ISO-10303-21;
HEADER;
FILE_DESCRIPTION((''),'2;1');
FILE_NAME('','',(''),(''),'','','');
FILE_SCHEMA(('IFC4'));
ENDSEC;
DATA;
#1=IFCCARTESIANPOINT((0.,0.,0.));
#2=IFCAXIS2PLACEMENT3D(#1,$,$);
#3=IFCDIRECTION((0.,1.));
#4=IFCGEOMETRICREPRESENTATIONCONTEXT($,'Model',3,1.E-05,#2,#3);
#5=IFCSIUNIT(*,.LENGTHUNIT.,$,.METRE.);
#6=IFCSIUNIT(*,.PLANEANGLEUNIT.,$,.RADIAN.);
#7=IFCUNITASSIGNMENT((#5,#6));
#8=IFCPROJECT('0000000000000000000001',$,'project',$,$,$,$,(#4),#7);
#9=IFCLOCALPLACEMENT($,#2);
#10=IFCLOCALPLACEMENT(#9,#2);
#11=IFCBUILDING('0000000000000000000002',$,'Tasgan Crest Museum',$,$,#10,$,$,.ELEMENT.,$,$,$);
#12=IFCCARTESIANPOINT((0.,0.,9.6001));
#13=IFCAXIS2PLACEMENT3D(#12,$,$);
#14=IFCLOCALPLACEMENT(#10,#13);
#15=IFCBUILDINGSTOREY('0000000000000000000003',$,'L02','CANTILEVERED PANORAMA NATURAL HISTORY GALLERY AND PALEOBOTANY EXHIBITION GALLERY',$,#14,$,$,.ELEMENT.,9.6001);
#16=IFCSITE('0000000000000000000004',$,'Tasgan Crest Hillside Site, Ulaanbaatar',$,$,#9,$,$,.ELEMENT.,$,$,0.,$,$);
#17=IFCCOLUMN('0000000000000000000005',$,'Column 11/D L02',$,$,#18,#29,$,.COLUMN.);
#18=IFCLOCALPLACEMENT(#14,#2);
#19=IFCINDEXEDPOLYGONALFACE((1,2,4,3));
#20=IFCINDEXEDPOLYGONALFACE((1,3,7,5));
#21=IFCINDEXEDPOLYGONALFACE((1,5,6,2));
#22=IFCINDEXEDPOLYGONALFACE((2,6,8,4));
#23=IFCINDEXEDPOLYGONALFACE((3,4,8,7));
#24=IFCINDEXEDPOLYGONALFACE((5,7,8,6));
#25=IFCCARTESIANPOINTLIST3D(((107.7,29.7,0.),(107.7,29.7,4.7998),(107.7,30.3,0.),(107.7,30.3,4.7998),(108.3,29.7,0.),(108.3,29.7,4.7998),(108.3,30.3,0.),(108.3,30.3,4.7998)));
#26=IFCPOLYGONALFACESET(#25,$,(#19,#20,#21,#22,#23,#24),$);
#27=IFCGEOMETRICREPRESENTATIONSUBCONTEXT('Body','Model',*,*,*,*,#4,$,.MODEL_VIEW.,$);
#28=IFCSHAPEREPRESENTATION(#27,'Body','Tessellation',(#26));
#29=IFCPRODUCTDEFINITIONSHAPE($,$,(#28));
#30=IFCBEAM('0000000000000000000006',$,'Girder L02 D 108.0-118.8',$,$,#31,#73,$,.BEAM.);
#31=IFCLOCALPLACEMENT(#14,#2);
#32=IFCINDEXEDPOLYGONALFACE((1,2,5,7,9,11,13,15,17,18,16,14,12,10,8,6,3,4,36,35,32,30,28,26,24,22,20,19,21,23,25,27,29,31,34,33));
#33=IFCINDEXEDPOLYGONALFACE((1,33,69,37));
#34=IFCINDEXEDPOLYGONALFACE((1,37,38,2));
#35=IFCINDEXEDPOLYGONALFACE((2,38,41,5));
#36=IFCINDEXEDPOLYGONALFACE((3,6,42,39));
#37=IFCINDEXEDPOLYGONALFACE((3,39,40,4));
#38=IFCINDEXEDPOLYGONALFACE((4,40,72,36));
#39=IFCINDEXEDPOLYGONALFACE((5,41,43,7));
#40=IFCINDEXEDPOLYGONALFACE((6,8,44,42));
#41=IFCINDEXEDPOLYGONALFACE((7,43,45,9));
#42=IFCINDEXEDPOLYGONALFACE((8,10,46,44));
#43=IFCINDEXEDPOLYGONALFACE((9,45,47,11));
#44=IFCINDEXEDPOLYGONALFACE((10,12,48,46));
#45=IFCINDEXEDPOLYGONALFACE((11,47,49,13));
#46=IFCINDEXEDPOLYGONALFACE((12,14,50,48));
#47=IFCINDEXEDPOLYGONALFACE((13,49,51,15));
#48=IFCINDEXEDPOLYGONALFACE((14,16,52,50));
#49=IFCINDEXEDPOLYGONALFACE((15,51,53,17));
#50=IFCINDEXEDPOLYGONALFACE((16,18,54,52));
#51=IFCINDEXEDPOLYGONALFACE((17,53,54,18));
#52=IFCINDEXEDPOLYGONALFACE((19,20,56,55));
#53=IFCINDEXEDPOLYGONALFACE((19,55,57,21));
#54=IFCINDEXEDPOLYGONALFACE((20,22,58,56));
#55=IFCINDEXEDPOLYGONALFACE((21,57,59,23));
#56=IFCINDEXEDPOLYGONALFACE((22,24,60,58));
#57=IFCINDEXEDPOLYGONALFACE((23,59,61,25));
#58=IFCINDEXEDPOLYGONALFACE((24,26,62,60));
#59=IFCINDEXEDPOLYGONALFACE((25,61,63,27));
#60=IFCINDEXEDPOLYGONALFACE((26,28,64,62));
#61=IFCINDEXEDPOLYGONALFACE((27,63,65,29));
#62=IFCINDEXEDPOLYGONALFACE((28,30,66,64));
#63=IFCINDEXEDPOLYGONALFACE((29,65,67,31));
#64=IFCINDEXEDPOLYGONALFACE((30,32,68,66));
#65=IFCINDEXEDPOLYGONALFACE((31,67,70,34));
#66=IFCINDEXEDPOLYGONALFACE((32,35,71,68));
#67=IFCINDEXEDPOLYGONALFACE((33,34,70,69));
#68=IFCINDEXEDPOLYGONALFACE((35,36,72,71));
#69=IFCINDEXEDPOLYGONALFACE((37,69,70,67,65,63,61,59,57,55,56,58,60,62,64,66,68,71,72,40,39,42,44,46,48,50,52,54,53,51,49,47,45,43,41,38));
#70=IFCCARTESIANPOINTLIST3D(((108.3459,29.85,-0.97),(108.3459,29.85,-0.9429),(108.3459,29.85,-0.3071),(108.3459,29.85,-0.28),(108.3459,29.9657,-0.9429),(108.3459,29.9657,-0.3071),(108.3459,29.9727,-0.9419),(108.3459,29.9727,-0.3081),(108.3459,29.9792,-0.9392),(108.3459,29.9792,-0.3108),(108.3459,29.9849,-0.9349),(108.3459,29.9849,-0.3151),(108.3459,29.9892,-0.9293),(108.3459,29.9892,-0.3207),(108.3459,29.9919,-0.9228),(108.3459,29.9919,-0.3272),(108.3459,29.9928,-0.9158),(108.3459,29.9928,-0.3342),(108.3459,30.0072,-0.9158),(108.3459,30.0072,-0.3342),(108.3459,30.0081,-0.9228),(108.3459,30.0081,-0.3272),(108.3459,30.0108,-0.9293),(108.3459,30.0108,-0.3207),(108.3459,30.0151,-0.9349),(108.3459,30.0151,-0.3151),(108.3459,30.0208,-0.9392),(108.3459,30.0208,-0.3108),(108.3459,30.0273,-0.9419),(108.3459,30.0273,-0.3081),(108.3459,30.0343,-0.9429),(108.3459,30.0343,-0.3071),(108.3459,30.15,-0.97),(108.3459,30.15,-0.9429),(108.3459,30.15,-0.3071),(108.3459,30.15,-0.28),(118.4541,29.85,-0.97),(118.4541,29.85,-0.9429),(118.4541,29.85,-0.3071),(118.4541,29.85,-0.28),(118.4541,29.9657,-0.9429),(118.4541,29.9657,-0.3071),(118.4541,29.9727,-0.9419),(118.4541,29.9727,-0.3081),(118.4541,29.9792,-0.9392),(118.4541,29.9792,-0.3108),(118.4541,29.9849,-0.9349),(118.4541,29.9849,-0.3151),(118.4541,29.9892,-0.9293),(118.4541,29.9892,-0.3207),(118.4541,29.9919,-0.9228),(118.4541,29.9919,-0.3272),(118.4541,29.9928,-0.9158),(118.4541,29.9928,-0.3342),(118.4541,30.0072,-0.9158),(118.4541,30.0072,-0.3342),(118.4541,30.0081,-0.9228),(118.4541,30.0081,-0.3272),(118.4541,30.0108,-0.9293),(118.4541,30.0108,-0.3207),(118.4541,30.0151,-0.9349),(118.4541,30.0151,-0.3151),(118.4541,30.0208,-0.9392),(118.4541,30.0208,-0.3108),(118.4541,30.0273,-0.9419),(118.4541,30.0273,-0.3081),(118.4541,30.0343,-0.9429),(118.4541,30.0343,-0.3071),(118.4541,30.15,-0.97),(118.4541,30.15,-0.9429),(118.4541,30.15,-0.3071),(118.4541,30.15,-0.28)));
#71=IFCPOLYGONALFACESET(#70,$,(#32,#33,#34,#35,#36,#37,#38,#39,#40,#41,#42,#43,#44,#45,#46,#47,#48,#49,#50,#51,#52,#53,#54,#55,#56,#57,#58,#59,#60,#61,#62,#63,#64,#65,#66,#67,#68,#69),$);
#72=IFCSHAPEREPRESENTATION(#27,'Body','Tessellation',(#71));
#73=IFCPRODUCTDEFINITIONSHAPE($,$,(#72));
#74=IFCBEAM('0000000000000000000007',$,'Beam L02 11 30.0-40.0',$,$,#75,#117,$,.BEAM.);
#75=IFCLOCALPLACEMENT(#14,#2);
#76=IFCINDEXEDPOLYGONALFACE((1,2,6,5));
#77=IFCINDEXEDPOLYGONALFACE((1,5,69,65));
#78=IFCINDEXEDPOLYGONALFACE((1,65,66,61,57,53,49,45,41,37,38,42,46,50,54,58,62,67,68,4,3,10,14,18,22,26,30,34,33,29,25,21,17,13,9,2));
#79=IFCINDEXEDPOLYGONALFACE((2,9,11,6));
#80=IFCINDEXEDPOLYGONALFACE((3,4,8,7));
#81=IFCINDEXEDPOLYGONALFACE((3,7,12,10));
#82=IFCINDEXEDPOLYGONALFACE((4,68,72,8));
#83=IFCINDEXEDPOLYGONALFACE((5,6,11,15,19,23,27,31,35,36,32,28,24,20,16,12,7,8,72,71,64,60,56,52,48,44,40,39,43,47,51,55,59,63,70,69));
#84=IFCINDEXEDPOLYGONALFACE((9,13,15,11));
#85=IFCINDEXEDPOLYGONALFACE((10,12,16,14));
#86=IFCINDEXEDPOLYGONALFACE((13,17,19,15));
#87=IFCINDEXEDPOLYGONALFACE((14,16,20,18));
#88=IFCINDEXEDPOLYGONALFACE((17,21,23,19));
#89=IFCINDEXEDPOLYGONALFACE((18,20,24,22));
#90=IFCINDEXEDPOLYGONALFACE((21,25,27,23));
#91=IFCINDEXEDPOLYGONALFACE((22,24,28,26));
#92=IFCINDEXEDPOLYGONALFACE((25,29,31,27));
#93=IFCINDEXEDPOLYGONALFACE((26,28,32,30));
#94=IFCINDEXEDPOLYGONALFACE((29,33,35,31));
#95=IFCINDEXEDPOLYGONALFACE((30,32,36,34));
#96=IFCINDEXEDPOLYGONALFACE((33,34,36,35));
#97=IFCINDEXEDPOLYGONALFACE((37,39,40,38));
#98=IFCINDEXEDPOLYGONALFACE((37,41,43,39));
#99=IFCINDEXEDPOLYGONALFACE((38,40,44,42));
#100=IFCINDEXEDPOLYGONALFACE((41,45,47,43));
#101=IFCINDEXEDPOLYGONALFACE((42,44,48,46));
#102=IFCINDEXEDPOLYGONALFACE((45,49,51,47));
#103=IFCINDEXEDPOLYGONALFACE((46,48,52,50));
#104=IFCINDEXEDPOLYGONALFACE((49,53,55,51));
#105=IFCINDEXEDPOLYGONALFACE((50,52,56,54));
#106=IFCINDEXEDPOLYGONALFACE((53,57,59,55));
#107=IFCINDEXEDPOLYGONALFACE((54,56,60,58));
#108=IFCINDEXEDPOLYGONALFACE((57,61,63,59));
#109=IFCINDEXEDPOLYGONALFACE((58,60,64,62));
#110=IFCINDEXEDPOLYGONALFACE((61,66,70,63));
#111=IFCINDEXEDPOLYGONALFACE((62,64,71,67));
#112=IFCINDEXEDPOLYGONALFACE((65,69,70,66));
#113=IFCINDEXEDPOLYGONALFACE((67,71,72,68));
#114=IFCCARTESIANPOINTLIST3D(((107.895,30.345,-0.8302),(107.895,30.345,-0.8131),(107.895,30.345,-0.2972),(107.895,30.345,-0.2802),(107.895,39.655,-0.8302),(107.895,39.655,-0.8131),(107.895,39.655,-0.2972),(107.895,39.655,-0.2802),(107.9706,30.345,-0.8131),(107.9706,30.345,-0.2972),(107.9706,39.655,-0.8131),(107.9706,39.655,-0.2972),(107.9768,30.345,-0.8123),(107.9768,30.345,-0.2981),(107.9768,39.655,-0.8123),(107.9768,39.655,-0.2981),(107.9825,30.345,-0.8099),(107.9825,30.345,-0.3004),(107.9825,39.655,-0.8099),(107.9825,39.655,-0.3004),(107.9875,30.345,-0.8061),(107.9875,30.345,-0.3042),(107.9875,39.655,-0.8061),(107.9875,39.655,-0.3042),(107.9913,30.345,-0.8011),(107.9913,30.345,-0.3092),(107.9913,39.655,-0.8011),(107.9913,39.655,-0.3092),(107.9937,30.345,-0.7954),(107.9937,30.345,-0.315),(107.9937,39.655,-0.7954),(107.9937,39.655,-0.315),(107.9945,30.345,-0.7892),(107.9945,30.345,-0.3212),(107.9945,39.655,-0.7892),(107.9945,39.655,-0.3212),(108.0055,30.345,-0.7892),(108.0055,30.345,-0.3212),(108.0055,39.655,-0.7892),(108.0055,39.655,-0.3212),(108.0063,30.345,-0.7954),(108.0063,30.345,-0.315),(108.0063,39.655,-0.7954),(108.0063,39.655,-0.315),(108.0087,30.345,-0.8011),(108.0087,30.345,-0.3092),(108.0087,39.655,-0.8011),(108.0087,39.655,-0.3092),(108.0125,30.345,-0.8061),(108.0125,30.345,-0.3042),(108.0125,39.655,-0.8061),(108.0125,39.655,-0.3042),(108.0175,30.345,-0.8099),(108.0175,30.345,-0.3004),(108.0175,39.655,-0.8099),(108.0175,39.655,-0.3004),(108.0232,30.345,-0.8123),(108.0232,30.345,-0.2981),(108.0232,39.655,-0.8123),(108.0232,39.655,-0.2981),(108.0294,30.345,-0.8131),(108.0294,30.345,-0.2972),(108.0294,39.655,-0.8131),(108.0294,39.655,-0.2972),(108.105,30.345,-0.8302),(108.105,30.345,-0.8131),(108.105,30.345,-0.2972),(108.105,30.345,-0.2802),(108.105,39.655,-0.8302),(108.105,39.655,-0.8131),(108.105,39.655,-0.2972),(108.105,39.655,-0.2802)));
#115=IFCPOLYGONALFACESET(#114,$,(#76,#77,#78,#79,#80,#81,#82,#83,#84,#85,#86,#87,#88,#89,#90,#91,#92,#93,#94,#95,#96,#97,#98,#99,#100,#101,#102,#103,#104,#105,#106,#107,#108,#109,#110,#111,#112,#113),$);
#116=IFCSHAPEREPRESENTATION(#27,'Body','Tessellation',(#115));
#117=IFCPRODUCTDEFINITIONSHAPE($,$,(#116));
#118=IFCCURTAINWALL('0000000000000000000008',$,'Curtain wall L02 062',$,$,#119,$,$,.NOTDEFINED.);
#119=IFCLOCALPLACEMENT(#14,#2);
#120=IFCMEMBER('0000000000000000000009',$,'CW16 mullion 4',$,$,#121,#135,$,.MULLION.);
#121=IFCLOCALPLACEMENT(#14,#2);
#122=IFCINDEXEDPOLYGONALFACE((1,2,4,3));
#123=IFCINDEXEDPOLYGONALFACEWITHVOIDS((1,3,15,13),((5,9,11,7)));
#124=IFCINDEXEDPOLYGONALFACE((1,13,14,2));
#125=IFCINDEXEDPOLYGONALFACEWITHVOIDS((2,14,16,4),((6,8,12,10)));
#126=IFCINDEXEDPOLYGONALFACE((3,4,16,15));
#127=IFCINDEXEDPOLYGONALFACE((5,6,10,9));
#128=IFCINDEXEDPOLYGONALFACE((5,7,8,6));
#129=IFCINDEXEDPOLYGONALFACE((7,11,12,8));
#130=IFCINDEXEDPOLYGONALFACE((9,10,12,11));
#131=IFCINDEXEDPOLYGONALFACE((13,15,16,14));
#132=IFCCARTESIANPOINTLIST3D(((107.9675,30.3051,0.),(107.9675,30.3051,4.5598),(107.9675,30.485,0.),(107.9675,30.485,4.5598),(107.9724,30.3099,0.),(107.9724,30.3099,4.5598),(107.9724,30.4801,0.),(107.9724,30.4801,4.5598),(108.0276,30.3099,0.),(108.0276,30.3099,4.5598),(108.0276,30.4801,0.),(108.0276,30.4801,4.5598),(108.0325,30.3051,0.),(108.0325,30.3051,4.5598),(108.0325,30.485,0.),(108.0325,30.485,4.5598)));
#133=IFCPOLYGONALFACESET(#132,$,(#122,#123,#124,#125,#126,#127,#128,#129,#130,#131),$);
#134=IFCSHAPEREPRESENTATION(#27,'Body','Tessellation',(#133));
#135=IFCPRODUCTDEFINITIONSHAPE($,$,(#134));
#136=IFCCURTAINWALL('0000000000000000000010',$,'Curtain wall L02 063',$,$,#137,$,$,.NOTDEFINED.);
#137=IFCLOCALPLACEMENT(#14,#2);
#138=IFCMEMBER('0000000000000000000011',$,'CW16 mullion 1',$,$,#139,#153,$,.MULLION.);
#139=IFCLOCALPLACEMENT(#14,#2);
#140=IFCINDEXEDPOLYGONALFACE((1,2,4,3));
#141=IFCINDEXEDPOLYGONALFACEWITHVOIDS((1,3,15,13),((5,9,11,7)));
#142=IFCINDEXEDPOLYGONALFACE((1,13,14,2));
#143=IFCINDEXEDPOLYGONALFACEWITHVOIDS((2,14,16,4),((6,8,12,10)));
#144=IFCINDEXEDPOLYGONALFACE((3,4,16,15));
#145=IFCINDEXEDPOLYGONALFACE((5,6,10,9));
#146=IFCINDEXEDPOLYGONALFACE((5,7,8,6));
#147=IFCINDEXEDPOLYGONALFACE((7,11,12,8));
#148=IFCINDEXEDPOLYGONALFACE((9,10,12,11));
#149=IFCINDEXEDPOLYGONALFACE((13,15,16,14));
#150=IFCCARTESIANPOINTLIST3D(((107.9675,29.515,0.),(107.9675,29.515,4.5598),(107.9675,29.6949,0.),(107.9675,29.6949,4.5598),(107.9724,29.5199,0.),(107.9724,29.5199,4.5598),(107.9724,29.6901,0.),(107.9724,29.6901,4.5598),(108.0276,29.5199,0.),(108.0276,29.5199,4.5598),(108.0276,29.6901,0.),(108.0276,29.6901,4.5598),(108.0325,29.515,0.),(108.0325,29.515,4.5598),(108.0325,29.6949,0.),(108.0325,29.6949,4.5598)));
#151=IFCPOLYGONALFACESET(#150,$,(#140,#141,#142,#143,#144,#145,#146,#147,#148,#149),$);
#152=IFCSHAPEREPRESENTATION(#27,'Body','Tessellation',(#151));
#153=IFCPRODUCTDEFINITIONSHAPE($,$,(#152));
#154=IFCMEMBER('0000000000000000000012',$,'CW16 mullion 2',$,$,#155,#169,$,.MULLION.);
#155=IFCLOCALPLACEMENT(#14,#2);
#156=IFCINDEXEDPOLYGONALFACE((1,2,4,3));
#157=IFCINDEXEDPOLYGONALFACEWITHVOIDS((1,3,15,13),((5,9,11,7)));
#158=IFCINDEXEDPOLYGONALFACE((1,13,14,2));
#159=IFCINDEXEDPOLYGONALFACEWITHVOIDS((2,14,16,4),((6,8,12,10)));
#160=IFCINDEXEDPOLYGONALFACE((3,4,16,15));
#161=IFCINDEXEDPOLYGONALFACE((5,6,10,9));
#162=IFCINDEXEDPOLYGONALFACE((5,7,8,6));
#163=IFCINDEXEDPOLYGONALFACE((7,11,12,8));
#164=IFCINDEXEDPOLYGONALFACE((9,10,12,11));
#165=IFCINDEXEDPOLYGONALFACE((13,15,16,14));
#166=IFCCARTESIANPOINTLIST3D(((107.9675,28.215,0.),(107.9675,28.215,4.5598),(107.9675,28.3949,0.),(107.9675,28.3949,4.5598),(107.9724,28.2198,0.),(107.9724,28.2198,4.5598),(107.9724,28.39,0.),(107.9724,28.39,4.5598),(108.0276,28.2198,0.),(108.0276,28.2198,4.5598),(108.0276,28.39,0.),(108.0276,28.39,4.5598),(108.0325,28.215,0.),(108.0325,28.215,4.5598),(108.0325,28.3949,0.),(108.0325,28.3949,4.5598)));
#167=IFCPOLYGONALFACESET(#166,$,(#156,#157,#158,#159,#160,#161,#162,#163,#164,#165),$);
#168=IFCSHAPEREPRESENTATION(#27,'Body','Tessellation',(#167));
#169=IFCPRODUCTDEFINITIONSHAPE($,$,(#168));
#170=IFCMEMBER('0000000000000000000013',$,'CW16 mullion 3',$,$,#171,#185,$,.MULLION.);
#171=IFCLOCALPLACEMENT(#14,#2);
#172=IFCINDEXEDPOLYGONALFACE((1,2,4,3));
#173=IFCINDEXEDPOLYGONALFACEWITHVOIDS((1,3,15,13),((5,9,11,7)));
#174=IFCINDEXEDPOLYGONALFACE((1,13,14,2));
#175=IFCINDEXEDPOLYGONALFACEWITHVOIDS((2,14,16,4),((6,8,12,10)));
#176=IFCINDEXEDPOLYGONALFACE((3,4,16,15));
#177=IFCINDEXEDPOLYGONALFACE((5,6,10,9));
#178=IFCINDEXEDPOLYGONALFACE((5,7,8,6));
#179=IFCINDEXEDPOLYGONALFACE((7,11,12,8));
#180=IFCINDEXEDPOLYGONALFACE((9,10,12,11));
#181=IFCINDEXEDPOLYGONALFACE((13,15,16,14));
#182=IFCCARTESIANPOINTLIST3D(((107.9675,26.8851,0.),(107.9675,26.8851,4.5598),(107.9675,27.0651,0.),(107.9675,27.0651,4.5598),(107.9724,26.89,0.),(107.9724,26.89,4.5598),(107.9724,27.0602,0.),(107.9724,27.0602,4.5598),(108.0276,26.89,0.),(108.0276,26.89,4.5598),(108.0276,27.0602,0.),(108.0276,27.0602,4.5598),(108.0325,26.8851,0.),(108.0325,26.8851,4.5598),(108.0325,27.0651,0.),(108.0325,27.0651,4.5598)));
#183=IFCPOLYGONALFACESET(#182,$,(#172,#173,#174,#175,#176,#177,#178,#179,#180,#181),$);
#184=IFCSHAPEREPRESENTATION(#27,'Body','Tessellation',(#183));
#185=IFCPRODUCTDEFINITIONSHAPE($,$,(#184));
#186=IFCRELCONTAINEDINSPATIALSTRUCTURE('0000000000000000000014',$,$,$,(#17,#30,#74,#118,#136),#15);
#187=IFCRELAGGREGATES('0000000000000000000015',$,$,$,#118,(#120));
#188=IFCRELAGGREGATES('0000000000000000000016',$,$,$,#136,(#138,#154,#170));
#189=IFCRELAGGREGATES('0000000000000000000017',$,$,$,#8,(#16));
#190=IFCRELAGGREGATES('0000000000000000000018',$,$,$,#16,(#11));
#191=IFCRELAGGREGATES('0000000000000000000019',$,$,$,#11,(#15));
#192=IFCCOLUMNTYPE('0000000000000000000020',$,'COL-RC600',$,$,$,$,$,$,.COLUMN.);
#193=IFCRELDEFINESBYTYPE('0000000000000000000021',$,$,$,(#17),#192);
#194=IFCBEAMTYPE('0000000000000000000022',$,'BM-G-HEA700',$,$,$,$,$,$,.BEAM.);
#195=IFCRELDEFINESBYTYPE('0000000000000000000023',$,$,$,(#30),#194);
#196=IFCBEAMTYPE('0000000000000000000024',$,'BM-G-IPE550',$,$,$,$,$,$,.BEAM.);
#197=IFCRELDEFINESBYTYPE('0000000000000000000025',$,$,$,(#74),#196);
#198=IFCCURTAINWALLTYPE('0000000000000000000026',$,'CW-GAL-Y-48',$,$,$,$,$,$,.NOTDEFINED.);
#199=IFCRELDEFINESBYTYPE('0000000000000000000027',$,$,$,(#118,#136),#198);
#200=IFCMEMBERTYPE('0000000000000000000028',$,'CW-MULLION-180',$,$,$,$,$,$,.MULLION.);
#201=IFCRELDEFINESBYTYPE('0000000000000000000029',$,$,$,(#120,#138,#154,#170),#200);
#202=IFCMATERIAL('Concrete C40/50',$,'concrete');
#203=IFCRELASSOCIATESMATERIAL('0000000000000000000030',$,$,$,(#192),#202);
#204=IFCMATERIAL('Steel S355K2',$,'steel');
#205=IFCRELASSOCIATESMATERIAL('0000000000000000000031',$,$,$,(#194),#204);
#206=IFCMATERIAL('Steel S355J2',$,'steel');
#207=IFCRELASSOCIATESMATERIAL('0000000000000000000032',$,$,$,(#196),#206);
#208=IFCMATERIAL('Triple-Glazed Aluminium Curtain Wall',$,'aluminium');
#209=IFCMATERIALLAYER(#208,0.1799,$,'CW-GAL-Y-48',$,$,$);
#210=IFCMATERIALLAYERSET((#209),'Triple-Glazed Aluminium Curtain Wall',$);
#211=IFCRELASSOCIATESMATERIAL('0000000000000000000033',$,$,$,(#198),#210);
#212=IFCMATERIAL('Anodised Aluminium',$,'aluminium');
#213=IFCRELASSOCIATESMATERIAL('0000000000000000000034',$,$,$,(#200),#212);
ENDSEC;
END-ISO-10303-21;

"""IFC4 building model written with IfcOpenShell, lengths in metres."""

from ifc_helpers import new_model, si_unit, direction, frame, origin, origin_2d, place, context, subcontext, project, spatial, rectangle, hollow_rectangle, i_section, extrude, material, layer, layer_set, material_profile, profile_set, type_object, element, aggregate, save


model = new_model("IFC4")

# Units and contexts
model_context = context("Model", 3, precision=1e-05, world=origin(), true_north=direction((0.0, 1.0)))
body_context = subcontext(model_context, "Body", "Model", "MODEL_VIEW")
ifc_project = project(units=[si_unit("LENGTHUNIT", "METRE"), si_unit("PLANEANGLEUNIT", "RADIAN")], contexts=[model_context])

# Site, building, storey
site_placement = place(None, origin())
site = spatial("IfcSite", under=ifc_project, at=site_placement, Name="Tasgan Crest Hillside Site, Ulaanbaatar", CompositionType="ELEMENT", RefElevation=0.0)
building_placement = place(site_placement, origin())
building = spatial("IfcBuilding", under=site, at=building_placement, Name="Tasgan Crest Museum", CompositionType="ELEMENT")
storey_placement = place(building_placement, frame((0.0, 0.0, 9.6001)))
storey = spatial("IfcBuildingStorey", under=building, at=storey_placement, Name="L02", Description="CANTILEVERED PANORAMA NATURAL HISTORY GALLERY AND PALEOBOTANY EXHIBITION GALLERY", CompositionType="ELEMENT", Elevation=9.6001)

# Column
ifc_material_1 = material(Name="Concrete C40/50", Category="concrete")
ifc_material_profile_1 = material_profile(ifc_material_1, rectangle(XDim=0.6001, YDim=0.6001, at=origin_2d()), Name="RC 600x600")
ifc_profile_set_1 = profile_set([ifc_material_profile_1], Name="Concrete C40/50")
column_type = type_object("IfcColumnType", Name="COL-RC600", PredefinedType="COLUMN", material=ifc_profile_set_1)
column_placement = place(storey_placement, frame((108.0, 30.0, 0.0), z_axis=(0.0, 0.0, 1.0), x_axis=(1.0, 0.0, 0.0)))
element("IfcColumn", 1, at=column_placement, inside=storey, type_object=column_type, Name="Column 11/D L02", PredefinedType="COLUMN", context=body_context, shape_type="SweptSolid", body=[
    extrude(rectangle(XDim=0.6001, YDim=0.6001, at=origin_2d()), origin(), (0.0, 0.0, 1.0), 4.7998),
])

# Beams
ifc_material_2 = material(Name="Steel S355K2", Category="steel")
ifc_material_profile_2 = material_profile(ifc_material_2, i_section(OverallWidth=0.3, OverallDepth=0.6899, WebThickness=0.0144, FlangeThickness=0.0271, FilletRadius=0.0271, at=origin_2d()), Name="HEA 700")
ifc_profile_set_2 = profile_set([ifc_material_profile_2], Name="Steel S355K2")
beam_type_1 = type_object("IfcBeamType", Name="BM-G-HEA700", PredefinedType="BEAM", material=ifc_profile_set_2)
beam_1_placement = place(storey_placement, frame((108.3459, 30.0, -0.625), z_axis=(1.0, 0.0, 0.0), x_axis=(0.0, 1.0, 0.0)))
element("IfcBeam", 2, at=beam_1_placement, inside=storey, type_object=beam_type_1, Name="Girder L02 D 108.0-118.8", PredefinedType="BEAM", context=body_context, shape_type="SweptSolid", body=[
    extrude(i_section(OverallWidth=0.3, OverallDepth=0.6899, WebThickness=0.0144, FlangeThickness=0.0271, FilletRadius=0.0271, at=origin_2d()), origin(), (0.0, 0.0, 1.0), 10.1082),
])
ifc_material_3 = material(Name="Steel S355J2", Category="steel")
ifc_material_profile_3 = material_profile(ifc_material_3, i_section(OverallWidth=0.21, OverallDepth=0.55, WebThickness=0.011, FlangeThickness=0.0171, FilletRadius=0.0239, at=origin_2d()), Name="IPE 550")
ifc_profile_set_3 = profile_set([ifc_material_profile_3], Name="Steel S355J2")
beam_type_2 = type_object("IfcBeamType", Name="BM-G-IPE550", PredefinedType="BEAM", material=ifc_profile_set_3)
beam_2_placement = place(storey_placement, frame((108.0, 30.345, -0.5552), z_axis=(0.0, 1.0, 0.0), x_axis=(-1.0, 0.0, 0.0)))
element("IfcBeam", 3, at=beam_2_placement, inside=storey, type_object=beam_type_2, Name="Beam L02 11 30.0-40.0", PredefinedType="BEAM", context=body_context, shape_type="SweptSolid", body=[
    extrude(i_section(OverallWidth=0.21, OverallDepth=0.55, WebThickness=0.011, FlangeThickness=0.0171, FilletRadius=0.0239, at=origin_2d()), origin(), (0.0, 0.0, 1.0), 9.3101),
])

# Curtain wall, member
ifc_material_4 = material(Name="Triple-Glazed Aluminium Curtain Wall", Category="aluminium")
ifc_layer_1 = layer(ifc_material_4, 0.1799, Name="CW-GAL-Y-48")
ifc_layer_set_1 = layer_set([ifc_layer_1], Name="Triple-Glazed Aluminium Curtain Wall")
curtain_wall_type = type_object("IfcCurtainWallType", Name="CW-GAL-Y-48", PredefinedType="NOTDEFINED", material=ifc_layer_set_1)
curtain_wall_1_placement = place(storey_placement, origin())
curtain_wall_1 = element("IfcCurtainWall", 4, at=curtain_wall_1_placement, inside=storey, type_object=curtain_wall_type, Name="Curtain wall L02 062", PredefinedType="NOTDEFINED")
ifc_material_5 = material(Name="Anodised Aluminium", Category="aluminium")
ifc_material_profile_4 = material_profile(ifc_material_5, hollow_rectangle(XDim=0.0649, YDim=0.1799, WallThickness=0.0049, at=origin_2d()), Name="ALU MULLION 180x65x5")
ifc_profile_set_4 = profile_set([ifc_material_profile_4], Name="Anodised Aluminium")
member_type_1 = type_object("IfcMemberType", Name="CW-MULLION-180", PredefinedType="MULLION", material=ifc_profile_set_4)
member_1_placement = place(storey_placement, frame((108.0, 30.395, 0.0), z_axis=(0.0, 0.0, 1.0), x_axis=(1.0, 0.0, 0.0)))
member_1 = element("IfcMember", 5, at=member_1_placement, type_object=member_type_1, Name="CW16 mullion 4", PredefinedType="MULLION", context=body_context, shape_type="SweptSolid", body=[
    extrude(hollow_rectangle(XDim=0.0649, YDim=0.1799, WallThickness=0.0049, at=origin_2d()), origin(), (0.0, 0.0, 1.0), 4.5598),
])

# Curtain wall, members
curtain_wall_2_placement = place(storey_placement, origin())
curtain_wall_2 = element("IfcCurtainWall", 6, at=curtain_wall_2_placement, inside=storey, type_object=curtain_wall_type, Name="Curtain wall L02 063", PredefinedType="NOTDEFINED")
member_2_placement = place(storey_placement, frame((108.0, 29.605, 0.0), z_axis=(0.0, 0.0, 1.0), x_axis=(1.0, 0.0, 0.0)))
member_2 = element("IfcMember", 7, at=member_2_placement, type_object=member_type_1, Name="CW16 mullion 1", PredefinedType="MULLION", context=body_context, shape_type="SweptSolid", body=[
    extrude(hollow_rectangle(XDim=0.0649, YDim=0.1799, WallThickness=0.0049, at=origin_2d()), origin(), (0.0, 0.0, 1.0), 4.5598),
])
member_3_placement = place(storey_placement, frame((108.0, 28.3049, 0.0), z_axis=(0.0, 0.0, 1.0), x_axis=(1.0, 0.0, 0.0)))
member_3 = element("IfcMember", 8, at=member_3_placement, type_object=member_type_1, Name="CW16 mullion 2", PredefinedType="MULLION", context=body_context, shape_type="SweptSolid", body=[
    extrude(hollow_rectangle(XDim=0.0649, YDim=0.1799, WallThickness=0.0049, at=origin_2d()), origin(), (0.0, 0.0, 1.0), 4.5598),
])
member_4_placement = place(storey_placement, frame((108.0, 26.9751, 0.0), z_axis=(0.0, 0.0, 1.0), x_axis=(1.0, 0.0, 0.0)))
member_4 = element("IfcMember", 9, at=member_4_placement, type_object=member_type_1, Name="CW16 mullion 3", PredefinedType="MULLION", context=body_context, shape_type="SweptSolid", body=[
    extrude(hollow_rectangle(XDim=0.0649, YDim=0.1799, WallThickness=0.0049, at=origin_2d()), origin(), (0.0, 0.0, 1.0), 4.5598),
])

aggregate(curtain_wall_1, [member_1])
aggregate(curtain_wall_2, [member_2, member_3, member_4])

save(model, "model.ifc")
